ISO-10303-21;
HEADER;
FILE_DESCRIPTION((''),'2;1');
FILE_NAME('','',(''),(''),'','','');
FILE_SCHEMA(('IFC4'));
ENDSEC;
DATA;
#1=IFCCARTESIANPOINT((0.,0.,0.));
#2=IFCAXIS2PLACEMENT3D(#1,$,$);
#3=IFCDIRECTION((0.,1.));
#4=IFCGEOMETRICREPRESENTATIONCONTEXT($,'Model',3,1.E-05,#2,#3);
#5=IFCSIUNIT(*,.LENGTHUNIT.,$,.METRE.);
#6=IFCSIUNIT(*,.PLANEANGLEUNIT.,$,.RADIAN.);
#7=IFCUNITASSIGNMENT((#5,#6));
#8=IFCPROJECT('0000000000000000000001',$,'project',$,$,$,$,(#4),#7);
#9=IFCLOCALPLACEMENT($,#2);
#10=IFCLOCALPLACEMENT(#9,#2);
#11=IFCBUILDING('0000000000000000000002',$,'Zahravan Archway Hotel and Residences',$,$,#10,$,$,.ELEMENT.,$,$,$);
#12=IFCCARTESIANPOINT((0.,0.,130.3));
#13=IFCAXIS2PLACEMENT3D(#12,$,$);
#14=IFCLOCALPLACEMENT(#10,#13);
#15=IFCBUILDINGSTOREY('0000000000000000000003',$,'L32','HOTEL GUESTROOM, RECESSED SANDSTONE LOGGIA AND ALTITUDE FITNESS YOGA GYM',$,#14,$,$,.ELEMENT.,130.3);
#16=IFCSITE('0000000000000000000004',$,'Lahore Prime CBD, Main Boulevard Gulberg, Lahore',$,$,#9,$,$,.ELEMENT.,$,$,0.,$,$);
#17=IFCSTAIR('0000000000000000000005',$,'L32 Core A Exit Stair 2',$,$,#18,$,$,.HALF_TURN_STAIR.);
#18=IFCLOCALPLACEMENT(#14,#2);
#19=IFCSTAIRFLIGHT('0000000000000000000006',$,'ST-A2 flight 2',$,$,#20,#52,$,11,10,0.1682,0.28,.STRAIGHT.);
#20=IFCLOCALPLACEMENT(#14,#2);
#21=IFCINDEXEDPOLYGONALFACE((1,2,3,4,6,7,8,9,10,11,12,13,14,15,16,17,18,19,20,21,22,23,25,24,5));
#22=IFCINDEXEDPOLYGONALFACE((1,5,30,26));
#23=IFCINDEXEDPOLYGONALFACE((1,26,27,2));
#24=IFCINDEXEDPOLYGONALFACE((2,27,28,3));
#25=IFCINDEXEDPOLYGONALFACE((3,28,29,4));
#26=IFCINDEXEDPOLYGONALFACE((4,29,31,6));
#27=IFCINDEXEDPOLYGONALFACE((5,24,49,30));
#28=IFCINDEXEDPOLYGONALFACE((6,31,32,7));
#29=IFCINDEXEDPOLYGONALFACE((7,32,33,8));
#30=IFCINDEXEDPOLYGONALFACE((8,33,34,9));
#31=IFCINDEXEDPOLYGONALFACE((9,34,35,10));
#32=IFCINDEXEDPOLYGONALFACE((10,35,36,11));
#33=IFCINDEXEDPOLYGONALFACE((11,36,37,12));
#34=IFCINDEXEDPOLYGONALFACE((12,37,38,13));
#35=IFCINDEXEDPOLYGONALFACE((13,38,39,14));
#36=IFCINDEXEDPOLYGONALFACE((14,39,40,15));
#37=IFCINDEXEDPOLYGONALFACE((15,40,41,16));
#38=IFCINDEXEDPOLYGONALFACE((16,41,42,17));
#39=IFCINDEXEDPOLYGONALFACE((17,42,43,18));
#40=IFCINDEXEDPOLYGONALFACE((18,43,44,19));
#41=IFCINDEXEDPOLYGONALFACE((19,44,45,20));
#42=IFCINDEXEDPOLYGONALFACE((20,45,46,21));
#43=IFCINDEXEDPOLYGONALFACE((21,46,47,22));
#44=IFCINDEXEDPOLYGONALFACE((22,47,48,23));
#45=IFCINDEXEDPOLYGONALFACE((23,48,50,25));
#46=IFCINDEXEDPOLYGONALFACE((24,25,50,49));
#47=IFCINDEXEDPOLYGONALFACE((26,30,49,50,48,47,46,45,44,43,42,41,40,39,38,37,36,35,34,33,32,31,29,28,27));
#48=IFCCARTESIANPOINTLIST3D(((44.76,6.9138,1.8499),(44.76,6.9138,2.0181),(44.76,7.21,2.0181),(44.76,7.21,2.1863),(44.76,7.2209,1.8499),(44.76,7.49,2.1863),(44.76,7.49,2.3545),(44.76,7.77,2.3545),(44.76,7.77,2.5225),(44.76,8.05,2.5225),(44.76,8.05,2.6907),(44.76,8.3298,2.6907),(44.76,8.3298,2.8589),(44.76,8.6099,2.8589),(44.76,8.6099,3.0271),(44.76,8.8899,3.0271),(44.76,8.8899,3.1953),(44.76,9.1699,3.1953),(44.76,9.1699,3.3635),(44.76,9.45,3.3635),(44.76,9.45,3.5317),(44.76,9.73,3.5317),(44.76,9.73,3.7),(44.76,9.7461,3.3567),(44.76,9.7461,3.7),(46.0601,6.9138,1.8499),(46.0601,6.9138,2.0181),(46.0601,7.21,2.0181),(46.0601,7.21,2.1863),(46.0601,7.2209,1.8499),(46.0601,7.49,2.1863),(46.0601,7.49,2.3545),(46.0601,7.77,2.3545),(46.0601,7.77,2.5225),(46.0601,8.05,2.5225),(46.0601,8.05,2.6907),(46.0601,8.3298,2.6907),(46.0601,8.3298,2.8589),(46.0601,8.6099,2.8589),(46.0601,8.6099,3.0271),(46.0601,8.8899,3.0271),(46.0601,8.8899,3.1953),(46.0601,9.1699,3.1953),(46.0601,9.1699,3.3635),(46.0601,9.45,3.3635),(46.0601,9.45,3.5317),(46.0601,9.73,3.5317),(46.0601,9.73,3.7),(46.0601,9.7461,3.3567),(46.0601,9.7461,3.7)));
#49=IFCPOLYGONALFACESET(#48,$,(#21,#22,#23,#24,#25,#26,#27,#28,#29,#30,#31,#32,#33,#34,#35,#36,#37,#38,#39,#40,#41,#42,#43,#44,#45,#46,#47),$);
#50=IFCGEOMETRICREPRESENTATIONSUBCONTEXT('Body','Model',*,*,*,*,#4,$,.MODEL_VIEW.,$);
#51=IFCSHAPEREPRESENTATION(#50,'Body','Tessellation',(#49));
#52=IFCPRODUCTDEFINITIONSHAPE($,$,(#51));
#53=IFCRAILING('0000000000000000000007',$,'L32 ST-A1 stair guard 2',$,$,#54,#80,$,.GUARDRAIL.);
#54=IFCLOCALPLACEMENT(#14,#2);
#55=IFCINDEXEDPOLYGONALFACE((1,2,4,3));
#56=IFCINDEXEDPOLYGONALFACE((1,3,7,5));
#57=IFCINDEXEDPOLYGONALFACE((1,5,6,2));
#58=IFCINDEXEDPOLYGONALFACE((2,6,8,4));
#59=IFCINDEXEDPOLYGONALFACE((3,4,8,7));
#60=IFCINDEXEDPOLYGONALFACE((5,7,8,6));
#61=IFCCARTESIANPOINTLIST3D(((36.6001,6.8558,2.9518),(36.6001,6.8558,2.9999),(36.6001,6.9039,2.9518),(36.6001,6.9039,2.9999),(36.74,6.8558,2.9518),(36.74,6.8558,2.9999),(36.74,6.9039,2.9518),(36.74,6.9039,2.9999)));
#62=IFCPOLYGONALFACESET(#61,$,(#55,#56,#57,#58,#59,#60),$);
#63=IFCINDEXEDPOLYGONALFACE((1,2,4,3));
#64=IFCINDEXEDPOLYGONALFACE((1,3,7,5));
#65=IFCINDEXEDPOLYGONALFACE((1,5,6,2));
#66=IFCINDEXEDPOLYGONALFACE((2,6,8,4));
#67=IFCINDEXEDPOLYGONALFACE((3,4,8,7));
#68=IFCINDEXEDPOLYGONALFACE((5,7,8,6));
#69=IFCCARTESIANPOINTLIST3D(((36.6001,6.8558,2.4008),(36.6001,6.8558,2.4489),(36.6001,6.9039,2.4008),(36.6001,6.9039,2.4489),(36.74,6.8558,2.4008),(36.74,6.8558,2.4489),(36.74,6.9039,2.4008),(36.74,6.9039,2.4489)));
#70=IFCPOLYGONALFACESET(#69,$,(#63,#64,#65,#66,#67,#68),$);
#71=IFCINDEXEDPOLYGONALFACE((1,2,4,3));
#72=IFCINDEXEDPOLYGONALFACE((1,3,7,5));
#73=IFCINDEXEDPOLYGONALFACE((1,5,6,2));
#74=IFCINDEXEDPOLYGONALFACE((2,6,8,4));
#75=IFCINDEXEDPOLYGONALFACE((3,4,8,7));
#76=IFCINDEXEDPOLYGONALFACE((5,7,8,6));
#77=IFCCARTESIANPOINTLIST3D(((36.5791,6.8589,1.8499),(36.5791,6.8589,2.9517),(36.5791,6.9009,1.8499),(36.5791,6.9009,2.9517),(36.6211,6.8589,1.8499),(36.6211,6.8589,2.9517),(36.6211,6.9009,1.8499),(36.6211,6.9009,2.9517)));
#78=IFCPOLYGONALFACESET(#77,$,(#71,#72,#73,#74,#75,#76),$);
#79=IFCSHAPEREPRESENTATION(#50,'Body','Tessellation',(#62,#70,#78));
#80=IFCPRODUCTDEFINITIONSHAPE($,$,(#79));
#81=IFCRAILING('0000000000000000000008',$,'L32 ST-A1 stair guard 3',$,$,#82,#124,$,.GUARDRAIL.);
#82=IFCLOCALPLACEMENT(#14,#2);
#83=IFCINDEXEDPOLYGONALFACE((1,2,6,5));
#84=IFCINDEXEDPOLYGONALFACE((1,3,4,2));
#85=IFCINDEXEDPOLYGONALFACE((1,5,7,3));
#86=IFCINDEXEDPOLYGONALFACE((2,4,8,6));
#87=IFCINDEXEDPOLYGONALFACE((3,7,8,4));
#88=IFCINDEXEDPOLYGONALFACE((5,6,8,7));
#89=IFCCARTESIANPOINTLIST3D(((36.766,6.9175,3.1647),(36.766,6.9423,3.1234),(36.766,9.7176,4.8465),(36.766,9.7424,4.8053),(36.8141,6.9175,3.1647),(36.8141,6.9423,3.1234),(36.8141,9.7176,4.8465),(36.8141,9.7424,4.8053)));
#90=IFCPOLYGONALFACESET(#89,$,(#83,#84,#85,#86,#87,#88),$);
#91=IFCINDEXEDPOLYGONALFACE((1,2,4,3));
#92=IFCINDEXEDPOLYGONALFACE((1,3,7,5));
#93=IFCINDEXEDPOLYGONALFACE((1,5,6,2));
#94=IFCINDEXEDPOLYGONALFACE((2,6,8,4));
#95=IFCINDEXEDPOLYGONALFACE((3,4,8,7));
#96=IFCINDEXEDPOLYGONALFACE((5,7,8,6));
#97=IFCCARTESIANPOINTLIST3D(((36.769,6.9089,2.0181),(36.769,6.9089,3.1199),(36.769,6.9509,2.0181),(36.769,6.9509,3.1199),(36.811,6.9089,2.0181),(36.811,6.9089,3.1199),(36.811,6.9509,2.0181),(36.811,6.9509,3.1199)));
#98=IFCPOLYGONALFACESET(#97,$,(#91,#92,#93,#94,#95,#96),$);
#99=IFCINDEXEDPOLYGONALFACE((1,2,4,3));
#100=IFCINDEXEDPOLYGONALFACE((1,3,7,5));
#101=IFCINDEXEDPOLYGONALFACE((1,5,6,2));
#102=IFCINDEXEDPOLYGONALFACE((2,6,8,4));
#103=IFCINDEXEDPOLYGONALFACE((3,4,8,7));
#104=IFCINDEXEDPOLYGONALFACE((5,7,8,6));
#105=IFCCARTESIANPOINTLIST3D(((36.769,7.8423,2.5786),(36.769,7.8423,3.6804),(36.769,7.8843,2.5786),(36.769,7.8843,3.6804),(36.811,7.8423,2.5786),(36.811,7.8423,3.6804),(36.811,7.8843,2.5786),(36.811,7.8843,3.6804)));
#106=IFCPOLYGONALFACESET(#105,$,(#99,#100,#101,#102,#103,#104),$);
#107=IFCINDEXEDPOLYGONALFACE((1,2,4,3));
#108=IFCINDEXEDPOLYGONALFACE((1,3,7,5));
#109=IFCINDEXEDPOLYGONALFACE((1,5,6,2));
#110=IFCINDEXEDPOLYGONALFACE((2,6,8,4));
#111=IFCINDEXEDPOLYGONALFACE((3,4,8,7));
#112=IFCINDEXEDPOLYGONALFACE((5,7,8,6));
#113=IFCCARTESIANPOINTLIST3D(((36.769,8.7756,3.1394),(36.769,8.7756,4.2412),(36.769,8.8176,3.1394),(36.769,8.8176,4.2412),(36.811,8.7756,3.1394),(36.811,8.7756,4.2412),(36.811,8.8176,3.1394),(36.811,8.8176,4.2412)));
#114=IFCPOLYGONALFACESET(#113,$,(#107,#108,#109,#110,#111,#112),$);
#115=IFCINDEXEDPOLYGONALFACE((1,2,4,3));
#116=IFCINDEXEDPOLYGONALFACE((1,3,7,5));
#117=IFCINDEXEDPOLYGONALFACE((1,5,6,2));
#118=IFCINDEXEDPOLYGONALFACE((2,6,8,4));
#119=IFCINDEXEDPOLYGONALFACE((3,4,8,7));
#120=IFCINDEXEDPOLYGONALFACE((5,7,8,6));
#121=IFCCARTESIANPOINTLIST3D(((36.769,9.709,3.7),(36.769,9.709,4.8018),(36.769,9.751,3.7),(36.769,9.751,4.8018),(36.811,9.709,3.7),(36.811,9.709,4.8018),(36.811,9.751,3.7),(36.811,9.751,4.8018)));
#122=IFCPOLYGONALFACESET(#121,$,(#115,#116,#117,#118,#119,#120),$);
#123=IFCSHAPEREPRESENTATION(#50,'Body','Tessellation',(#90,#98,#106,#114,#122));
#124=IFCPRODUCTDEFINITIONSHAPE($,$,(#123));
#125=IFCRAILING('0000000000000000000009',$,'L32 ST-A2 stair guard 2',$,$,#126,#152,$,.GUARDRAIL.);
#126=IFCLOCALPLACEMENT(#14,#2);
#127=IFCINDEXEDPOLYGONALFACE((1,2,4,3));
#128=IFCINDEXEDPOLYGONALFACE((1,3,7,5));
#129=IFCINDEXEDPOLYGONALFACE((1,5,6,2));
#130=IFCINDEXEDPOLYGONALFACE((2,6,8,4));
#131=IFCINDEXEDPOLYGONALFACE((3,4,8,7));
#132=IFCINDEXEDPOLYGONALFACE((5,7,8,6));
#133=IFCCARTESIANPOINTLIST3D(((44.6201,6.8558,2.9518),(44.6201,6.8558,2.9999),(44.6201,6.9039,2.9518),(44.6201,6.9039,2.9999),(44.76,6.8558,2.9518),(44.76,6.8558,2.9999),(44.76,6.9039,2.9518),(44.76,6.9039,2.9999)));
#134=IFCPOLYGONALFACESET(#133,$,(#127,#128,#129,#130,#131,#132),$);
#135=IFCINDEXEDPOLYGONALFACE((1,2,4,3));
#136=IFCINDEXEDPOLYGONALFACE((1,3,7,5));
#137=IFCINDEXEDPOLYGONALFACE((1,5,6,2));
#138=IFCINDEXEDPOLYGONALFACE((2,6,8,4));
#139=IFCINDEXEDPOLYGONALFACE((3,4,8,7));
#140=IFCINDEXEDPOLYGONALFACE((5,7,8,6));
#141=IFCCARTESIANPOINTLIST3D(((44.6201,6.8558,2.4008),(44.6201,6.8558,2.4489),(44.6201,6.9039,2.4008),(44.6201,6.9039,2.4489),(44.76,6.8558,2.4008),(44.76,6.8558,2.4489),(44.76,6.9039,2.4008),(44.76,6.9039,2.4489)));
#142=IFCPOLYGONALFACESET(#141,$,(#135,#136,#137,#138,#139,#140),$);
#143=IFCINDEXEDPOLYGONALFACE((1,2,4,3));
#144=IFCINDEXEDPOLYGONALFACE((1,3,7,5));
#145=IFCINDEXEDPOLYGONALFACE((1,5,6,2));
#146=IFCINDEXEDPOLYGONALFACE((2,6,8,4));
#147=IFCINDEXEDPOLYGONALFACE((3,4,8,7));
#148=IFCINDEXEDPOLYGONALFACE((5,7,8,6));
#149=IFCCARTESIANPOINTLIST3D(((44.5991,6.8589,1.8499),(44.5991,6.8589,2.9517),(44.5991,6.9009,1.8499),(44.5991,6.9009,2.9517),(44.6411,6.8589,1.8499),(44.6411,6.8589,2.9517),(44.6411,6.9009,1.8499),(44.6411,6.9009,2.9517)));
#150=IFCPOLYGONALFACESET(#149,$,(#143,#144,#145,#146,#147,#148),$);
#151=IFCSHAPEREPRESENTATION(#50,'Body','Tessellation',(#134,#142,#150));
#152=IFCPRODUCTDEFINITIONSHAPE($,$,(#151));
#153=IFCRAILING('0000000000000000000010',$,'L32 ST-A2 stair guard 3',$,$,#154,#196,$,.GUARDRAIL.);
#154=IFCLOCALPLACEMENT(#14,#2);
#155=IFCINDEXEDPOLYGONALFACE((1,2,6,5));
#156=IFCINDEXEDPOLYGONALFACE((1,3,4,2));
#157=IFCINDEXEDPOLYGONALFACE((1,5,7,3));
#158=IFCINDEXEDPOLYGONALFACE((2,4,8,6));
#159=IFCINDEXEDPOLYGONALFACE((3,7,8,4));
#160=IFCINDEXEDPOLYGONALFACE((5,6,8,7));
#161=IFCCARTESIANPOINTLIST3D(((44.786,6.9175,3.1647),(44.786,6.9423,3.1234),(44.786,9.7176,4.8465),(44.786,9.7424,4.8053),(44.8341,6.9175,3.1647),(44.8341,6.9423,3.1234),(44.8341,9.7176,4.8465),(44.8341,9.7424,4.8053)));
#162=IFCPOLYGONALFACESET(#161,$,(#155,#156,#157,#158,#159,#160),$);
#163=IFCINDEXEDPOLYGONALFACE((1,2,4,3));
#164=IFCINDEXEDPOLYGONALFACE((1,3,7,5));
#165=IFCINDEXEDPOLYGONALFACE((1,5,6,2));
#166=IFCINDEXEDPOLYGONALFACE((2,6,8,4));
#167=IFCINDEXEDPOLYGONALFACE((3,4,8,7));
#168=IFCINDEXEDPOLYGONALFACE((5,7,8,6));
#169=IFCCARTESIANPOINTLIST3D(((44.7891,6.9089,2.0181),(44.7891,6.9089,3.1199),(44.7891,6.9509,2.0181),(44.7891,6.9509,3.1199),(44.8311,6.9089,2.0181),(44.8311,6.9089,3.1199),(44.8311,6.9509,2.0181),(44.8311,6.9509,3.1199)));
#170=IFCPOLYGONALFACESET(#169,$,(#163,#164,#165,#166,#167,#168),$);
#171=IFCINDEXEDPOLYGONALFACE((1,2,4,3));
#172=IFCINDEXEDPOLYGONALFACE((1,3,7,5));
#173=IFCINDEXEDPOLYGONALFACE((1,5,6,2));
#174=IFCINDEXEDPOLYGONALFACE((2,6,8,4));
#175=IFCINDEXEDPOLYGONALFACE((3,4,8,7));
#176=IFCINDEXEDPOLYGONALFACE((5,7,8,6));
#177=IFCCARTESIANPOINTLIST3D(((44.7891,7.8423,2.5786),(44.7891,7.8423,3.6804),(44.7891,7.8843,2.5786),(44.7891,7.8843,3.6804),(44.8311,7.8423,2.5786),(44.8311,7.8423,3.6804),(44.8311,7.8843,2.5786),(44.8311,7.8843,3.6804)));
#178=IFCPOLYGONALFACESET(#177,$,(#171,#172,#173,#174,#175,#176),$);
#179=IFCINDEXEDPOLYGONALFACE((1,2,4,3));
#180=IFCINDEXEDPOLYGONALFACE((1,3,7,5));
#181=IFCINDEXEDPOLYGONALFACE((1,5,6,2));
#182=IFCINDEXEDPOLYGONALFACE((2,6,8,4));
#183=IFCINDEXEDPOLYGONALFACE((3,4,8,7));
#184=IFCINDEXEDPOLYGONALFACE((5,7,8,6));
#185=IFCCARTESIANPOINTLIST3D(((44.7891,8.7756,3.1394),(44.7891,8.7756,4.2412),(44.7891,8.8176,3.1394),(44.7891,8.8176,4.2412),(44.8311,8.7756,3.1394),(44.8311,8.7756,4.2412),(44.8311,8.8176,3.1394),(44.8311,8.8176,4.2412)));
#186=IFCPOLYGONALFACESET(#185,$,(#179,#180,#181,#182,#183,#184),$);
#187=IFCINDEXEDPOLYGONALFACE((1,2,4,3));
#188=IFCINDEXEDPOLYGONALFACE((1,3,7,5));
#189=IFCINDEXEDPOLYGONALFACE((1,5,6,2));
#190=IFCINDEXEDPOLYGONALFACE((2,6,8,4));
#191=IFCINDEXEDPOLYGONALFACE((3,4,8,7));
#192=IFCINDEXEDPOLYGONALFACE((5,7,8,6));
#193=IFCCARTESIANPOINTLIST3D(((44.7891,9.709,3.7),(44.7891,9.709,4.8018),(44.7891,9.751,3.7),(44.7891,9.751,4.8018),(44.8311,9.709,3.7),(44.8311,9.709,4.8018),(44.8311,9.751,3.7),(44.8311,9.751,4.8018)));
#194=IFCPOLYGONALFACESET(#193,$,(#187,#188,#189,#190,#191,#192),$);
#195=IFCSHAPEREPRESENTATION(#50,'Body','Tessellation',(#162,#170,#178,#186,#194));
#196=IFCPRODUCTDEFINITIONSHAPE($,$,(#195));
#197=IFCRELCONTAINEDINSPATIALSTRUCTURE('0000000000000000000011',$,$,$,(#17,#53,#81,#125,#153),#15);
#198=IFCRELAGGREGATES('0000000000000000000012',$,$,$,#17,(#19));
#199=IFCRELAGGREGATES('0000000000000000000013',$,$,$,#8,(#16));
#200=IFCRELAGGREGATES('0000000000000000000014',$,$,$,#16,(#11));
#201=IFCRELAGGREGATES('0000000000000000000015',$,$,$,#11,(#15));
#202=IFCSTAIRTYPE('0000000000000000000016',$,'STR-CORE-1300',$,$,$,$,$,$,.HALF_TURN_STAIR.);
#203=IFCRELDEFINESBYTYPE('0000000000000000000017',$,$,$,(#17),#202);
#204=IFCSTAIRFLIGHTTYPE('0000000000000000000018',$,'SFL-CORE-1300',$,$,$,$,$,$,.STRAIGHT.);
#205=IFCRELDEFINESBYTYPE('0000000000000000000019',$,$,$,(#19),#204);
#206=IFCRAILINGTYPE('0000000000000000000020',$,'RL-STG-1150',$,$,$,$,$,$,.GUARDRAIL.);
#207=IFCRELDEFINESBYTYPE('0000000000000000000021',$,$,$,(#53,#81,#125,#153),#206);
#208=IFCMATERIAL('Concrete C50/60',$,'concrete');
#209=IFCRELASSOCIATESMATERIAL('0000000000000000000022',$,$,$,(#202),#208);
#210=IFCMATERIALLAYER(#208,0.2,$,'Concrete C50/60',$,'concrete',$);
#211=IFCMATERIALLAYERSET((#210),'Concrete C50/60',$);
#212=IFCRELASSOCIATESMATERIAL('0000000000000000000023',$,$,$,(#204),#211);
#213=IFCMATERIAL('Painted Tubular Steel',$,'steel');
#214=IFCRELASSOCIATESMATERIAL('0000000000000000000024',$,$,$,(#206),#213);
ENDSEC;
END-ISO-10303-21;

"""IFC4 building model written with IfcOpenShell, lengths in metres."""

from ifc_helpers import new_model, si_unit, direction, frame, origin, origin_2d, place, context, subcontext, project, spatial, polyline, rectangle, outline, extrude, source, transform, mapped, material, layer, layer_set, type_object, element, aggregate, save


model = new_model("IFC4")

# Units and contexts
model_context = context("Model", 3, precision=1e-05, world=origin(), true_north=direction((0.0, 1.0)))
body_context = subcontext(model_context, "Body", "Model", "MODEL_VIEW")
ifc_project = project(units=[si_unit("LENGTHUNIT", "METRE"), si_unit("PLANEANGLEUNIT", "RADIAN")], contexts=[model_context])

# Site, building, storey
site_placement = place(None, origin())
site = spatial("IfcSite", under=ifc_project, at=site_placement, Name="Lahore Prime CBD, Main Boulevard Gulberg, Lahore", CompositionType="ELEMENT", RefElevation=0.0)
building_placement = place(site_placement, origin())
building = spatial("IfcBuilding", under=site, at=building_placement, Name="Zahravan Archway Hotel and Residences", CompositionType="ELEMENT")
storey_placement = place(building_placement, frame((0.0, 0.0, 130.3)))
storey = spatial("IfcBuildingStorey", under=building, at=storey_placement, Name="L32", Description="HOTEL GUESTROOM, RECESSED SANDSTONE LOGGIA AND ALTITUDE FITNESS YOGA GYM", CompositionType="ELEMENT", Elevation=130.3)

# Shared definitions
ifc_material_1 = material(Name="Concrete C50/60", Category="concrete")

# Stair, stair flight
stair_type = type_object("IfcStairType", Name="STR-CORE-1300", PredefinedType="HALF_TURN_STAIR", material=ifc_material_1)
ifc_layer_1 = layer(ifc_material_1, 0.2, Name="Concrete C50/60", Category="concrete")
ifc_layer_set_1 = layer_set([ifc_layer_1], Name="Concrete C50/60")
stair_flight_type = type_object("IfcStairFlightType", Name="SFL-CORE-1300", PredefinedType="STRAIGHT", material=ifc_layer_set_1)
shared_shape_1 = source(origin(), body_context, "Body", "SweptSolid", [
    extrude(outline(polyline([(-0.0161, 0.0), (-0.0161, 0.1682), (0.28, 0.1682), (0.28, 0.3364), (0.5601, 0.3364), (0.5601, 0.5046), (0.8401, 0.5046), (0.8401, 0.6726), (1.1201, 0.6726), (1.1201, 0.8408), (1.3999, 0.8408), (1.3999, 1.009), (1.6799, 1.009), (1.6799, 1.1772), (1.96, 1.1772), (1.96, 1.3455), (2.24, 1.3455), (2.24, 1.5137), (2.52, 1.5137), (2.52, 1.6819), (2.8, 1.6819), (2.8, 1.8501), (2.8162, 1.8501), (2.8162, 1.5068), (0.291, 0.0), (-0.0161, 0.0)])), frame((0.0, 0.6499, 0.0), z_axis=(0.0, -1.0, 0.0), x_axis=(1.0, 0.0, 0.0)), (0.0, 0.0, 1.0), 1.3),
])
stair_1_placement = place(storey_placement, origin())
stair_1 = element("IfcStair", 1, at=stair_1_placement, inside=storey, type_object=stair_type, Name="L32 Core A Exit Stair 2", PredefinedType="HALF_TURN_STAIR")
stair_flight_1_placement = place(storey_placement, frame((45.4099, 6.9299, 1.8499), z_axis=(0.0, 0.0, 1.0), x_axis=(0.0, 1.0, 0.0)))
stair_flight_1 = element("IfcStairFlight", 2, at=stair_flight_1_placement, type_object=stair_flight_type, Name="ST-A2 flight 2", NumberOfRisers=11, NumberOfTreads=10, PredefinedType="STRAIGHT", RiserHeight=0.1682, TreadLength=0.28, context=body_context, shape_type="MappedRepresentation", body=[
    mapped(shared_shape_1, transform((0.0, 0.0, 0.0), scale=1.0)),
])
aggregate(stair_1, [stair_flight_1])

# Railings
ifc_material_2 = material(Name="Painted Tubular Steel", Category="steel")
railing_type_1 = type_object("IfcRailingType", Name="RL-STG-1150", PredefinedType="GUARDRAIL", material=ifc_material_2)
railing_1_placement = place(storey_placement, frame((36.6001, 6.8799, 1.8499)))
element("IfcRailing", 3, at=railing_1_placement, inside=storey, type_object=railing_type_1, Name="L32 ST-A1 stair guard 2", PredefinedType="GUARDRAIL", context=body_context, shape_type="SweptSolid", body=[
    extrude(rectangle(XDim=0.0481, YDim=0.0481, at=origin_2d()), frame((0.0, 0.0, 1.126), z_axis=(1.0, 0.0, 0.0), x_axis=(0.0, 1.0, 0.0)), (0.0, 0.0, 1.0), 0.1399),
    extrude(rectangle(XDim=0.0481, YDim=0.0481, at=origin_2d()), frame((0.0, 0.0, 0.575), z_axis=(1.0, 0.0, 0.0), x_axis=(0.0, 1.0, 0.0)), (0.0, 0.0, 1.0), 0.1399),
    extrude(rectangle(XDim=0.042, YDim=0.042, at=origin_2d()), origin(), (0.0, 0.0, 1.0), 1.1018),
])
railing_2_placement = place(storey_placement, frame((36.79, 6.9299, 2.0181)))
element("IfcRailing", 4, at=railing_2_placement, inside=storey, type_object=railing_type_1, Name="L32 ST-A1 stair guard 3", PredefinedType="GUARDRAIL", context=body_context, shape_type="SweptSolid", body=[
    extrude(rectangle(XDim=0.0481, YDim=0.0481, at=origin_2d()), frame((0.0, 0.0, 1.126), z_axis=(0.0, 0.857242, 0.514913), x_axis=(-1.0, 0.0, 0.0)), (0.0, 0.0, 1.0), 3.2664),
    extrude(rectangle(XDim=0.042, YDim=0.042, at=origin_2d()), origin(), (0.0, 0.0, 1.0), 1.1018),
    extrude(rectangle(XDim=0.042, YDim=0.042, at=origin_2d()), frame((0.0, 0.9333, 0.5605)), (0.0, 0.0, 1.0), 1.1018),
    extrude(rectangle(XDim=0.042, YDim=0.042, at=origin_2d()), frame((0.0, 1.8667, 1.1213)), (0.0, 0.0, 1.0), 1.1018),
    extrude(rectangle(XDim=0.042, YDim=0.042, at=origin_2d()), frame((0.0, 2.8, 1.6819)), (0.0, 0.0, 1.0), 1.1018),
])
railing_3_placement = place(storey_placement, frame((44.6201, 6.8799, 1.8499)))
element("IfcRailing", 5, at=railing_3_placement, inside=storey, type_object=railing_type_1, Name="L32 ST-A2 stair guard 2", PredefinedType="GUARDRAIL", context=body_context, shape_type="SweptSolid", body=[
    extrude(rectangle(XDim=0.0481, YDim=0.0481, at=origin_2d()), frame((0.0, 0.0, 1.126), z_axis=(1.0, 0.0, 0.0), x_axis=(0.0, 1.0, 0.0)), (0.0, 0.0, 1.0), 0.1399),
    extrude(rectangle(XDim=0.0481, YDim=0.0481, at=origin_2d()), frame((0.0, 0.0, 0.575), z_axis=(1.0, 0.0, 0.0), x_axis=(0.0, 1.0, 0.0)), (0.0, 0.0, 1.0), 0.1399),
    extrude(rectangle(XDim=0.042, YDim=0.042, at=origin_2d()), origin(), (0.0, 0.0, 1.0), 1.1018),
])
railing_4_placement = place(storey_placement, frame((44.8101, 6.9299, 2.0181)))
element("IfcRailing", 6, at=railing_4_placement, inside=storey, type_object=railing_type_1, Name="L32 ST-A2 stair guard 3", PredefinedType="GUARDRAIL", context=body_context, shape_type="SweptSolid", body=[
    extrude(rectangle(XDim=0.0481, YDim=0.0481, at=origin_2d()), frame((0.0, 0.0, 1.126), z_axis=(0.0, 0.857242, 0.514913), x_axis=(-1.0, 0.0, 0.0)), (0.0, 0.0, 1.0), 3.2664),
    extrude(rectangle(XDim=0.042, YDim=0.042, at=origin_2d()), origin(), (0.0, 0.0, 1.0), 1.1018),
    extrude(rectangle(XDim=0.042, YDim=0.042, at=origin_2d()), frame((0.0, 0.9333, 0.5605)), (0.0, 0.0, 1.0), 1.1018),
    extrude(rectangle(XDim=0.042, YDim=0.042, at=origin_2d()), frame((0.0, 1.8667, 1.1213)), (0.0, 0.0, 1.0), 1.1018),
    extrude(rectangle(XDim=0.042, YDim=0.042, at=origin_2d()), frame((0.0, 2.8, 1.6819)), (0.0, 0.0, 1.0), 1.1018),
])

save(model, "model.ifc")
